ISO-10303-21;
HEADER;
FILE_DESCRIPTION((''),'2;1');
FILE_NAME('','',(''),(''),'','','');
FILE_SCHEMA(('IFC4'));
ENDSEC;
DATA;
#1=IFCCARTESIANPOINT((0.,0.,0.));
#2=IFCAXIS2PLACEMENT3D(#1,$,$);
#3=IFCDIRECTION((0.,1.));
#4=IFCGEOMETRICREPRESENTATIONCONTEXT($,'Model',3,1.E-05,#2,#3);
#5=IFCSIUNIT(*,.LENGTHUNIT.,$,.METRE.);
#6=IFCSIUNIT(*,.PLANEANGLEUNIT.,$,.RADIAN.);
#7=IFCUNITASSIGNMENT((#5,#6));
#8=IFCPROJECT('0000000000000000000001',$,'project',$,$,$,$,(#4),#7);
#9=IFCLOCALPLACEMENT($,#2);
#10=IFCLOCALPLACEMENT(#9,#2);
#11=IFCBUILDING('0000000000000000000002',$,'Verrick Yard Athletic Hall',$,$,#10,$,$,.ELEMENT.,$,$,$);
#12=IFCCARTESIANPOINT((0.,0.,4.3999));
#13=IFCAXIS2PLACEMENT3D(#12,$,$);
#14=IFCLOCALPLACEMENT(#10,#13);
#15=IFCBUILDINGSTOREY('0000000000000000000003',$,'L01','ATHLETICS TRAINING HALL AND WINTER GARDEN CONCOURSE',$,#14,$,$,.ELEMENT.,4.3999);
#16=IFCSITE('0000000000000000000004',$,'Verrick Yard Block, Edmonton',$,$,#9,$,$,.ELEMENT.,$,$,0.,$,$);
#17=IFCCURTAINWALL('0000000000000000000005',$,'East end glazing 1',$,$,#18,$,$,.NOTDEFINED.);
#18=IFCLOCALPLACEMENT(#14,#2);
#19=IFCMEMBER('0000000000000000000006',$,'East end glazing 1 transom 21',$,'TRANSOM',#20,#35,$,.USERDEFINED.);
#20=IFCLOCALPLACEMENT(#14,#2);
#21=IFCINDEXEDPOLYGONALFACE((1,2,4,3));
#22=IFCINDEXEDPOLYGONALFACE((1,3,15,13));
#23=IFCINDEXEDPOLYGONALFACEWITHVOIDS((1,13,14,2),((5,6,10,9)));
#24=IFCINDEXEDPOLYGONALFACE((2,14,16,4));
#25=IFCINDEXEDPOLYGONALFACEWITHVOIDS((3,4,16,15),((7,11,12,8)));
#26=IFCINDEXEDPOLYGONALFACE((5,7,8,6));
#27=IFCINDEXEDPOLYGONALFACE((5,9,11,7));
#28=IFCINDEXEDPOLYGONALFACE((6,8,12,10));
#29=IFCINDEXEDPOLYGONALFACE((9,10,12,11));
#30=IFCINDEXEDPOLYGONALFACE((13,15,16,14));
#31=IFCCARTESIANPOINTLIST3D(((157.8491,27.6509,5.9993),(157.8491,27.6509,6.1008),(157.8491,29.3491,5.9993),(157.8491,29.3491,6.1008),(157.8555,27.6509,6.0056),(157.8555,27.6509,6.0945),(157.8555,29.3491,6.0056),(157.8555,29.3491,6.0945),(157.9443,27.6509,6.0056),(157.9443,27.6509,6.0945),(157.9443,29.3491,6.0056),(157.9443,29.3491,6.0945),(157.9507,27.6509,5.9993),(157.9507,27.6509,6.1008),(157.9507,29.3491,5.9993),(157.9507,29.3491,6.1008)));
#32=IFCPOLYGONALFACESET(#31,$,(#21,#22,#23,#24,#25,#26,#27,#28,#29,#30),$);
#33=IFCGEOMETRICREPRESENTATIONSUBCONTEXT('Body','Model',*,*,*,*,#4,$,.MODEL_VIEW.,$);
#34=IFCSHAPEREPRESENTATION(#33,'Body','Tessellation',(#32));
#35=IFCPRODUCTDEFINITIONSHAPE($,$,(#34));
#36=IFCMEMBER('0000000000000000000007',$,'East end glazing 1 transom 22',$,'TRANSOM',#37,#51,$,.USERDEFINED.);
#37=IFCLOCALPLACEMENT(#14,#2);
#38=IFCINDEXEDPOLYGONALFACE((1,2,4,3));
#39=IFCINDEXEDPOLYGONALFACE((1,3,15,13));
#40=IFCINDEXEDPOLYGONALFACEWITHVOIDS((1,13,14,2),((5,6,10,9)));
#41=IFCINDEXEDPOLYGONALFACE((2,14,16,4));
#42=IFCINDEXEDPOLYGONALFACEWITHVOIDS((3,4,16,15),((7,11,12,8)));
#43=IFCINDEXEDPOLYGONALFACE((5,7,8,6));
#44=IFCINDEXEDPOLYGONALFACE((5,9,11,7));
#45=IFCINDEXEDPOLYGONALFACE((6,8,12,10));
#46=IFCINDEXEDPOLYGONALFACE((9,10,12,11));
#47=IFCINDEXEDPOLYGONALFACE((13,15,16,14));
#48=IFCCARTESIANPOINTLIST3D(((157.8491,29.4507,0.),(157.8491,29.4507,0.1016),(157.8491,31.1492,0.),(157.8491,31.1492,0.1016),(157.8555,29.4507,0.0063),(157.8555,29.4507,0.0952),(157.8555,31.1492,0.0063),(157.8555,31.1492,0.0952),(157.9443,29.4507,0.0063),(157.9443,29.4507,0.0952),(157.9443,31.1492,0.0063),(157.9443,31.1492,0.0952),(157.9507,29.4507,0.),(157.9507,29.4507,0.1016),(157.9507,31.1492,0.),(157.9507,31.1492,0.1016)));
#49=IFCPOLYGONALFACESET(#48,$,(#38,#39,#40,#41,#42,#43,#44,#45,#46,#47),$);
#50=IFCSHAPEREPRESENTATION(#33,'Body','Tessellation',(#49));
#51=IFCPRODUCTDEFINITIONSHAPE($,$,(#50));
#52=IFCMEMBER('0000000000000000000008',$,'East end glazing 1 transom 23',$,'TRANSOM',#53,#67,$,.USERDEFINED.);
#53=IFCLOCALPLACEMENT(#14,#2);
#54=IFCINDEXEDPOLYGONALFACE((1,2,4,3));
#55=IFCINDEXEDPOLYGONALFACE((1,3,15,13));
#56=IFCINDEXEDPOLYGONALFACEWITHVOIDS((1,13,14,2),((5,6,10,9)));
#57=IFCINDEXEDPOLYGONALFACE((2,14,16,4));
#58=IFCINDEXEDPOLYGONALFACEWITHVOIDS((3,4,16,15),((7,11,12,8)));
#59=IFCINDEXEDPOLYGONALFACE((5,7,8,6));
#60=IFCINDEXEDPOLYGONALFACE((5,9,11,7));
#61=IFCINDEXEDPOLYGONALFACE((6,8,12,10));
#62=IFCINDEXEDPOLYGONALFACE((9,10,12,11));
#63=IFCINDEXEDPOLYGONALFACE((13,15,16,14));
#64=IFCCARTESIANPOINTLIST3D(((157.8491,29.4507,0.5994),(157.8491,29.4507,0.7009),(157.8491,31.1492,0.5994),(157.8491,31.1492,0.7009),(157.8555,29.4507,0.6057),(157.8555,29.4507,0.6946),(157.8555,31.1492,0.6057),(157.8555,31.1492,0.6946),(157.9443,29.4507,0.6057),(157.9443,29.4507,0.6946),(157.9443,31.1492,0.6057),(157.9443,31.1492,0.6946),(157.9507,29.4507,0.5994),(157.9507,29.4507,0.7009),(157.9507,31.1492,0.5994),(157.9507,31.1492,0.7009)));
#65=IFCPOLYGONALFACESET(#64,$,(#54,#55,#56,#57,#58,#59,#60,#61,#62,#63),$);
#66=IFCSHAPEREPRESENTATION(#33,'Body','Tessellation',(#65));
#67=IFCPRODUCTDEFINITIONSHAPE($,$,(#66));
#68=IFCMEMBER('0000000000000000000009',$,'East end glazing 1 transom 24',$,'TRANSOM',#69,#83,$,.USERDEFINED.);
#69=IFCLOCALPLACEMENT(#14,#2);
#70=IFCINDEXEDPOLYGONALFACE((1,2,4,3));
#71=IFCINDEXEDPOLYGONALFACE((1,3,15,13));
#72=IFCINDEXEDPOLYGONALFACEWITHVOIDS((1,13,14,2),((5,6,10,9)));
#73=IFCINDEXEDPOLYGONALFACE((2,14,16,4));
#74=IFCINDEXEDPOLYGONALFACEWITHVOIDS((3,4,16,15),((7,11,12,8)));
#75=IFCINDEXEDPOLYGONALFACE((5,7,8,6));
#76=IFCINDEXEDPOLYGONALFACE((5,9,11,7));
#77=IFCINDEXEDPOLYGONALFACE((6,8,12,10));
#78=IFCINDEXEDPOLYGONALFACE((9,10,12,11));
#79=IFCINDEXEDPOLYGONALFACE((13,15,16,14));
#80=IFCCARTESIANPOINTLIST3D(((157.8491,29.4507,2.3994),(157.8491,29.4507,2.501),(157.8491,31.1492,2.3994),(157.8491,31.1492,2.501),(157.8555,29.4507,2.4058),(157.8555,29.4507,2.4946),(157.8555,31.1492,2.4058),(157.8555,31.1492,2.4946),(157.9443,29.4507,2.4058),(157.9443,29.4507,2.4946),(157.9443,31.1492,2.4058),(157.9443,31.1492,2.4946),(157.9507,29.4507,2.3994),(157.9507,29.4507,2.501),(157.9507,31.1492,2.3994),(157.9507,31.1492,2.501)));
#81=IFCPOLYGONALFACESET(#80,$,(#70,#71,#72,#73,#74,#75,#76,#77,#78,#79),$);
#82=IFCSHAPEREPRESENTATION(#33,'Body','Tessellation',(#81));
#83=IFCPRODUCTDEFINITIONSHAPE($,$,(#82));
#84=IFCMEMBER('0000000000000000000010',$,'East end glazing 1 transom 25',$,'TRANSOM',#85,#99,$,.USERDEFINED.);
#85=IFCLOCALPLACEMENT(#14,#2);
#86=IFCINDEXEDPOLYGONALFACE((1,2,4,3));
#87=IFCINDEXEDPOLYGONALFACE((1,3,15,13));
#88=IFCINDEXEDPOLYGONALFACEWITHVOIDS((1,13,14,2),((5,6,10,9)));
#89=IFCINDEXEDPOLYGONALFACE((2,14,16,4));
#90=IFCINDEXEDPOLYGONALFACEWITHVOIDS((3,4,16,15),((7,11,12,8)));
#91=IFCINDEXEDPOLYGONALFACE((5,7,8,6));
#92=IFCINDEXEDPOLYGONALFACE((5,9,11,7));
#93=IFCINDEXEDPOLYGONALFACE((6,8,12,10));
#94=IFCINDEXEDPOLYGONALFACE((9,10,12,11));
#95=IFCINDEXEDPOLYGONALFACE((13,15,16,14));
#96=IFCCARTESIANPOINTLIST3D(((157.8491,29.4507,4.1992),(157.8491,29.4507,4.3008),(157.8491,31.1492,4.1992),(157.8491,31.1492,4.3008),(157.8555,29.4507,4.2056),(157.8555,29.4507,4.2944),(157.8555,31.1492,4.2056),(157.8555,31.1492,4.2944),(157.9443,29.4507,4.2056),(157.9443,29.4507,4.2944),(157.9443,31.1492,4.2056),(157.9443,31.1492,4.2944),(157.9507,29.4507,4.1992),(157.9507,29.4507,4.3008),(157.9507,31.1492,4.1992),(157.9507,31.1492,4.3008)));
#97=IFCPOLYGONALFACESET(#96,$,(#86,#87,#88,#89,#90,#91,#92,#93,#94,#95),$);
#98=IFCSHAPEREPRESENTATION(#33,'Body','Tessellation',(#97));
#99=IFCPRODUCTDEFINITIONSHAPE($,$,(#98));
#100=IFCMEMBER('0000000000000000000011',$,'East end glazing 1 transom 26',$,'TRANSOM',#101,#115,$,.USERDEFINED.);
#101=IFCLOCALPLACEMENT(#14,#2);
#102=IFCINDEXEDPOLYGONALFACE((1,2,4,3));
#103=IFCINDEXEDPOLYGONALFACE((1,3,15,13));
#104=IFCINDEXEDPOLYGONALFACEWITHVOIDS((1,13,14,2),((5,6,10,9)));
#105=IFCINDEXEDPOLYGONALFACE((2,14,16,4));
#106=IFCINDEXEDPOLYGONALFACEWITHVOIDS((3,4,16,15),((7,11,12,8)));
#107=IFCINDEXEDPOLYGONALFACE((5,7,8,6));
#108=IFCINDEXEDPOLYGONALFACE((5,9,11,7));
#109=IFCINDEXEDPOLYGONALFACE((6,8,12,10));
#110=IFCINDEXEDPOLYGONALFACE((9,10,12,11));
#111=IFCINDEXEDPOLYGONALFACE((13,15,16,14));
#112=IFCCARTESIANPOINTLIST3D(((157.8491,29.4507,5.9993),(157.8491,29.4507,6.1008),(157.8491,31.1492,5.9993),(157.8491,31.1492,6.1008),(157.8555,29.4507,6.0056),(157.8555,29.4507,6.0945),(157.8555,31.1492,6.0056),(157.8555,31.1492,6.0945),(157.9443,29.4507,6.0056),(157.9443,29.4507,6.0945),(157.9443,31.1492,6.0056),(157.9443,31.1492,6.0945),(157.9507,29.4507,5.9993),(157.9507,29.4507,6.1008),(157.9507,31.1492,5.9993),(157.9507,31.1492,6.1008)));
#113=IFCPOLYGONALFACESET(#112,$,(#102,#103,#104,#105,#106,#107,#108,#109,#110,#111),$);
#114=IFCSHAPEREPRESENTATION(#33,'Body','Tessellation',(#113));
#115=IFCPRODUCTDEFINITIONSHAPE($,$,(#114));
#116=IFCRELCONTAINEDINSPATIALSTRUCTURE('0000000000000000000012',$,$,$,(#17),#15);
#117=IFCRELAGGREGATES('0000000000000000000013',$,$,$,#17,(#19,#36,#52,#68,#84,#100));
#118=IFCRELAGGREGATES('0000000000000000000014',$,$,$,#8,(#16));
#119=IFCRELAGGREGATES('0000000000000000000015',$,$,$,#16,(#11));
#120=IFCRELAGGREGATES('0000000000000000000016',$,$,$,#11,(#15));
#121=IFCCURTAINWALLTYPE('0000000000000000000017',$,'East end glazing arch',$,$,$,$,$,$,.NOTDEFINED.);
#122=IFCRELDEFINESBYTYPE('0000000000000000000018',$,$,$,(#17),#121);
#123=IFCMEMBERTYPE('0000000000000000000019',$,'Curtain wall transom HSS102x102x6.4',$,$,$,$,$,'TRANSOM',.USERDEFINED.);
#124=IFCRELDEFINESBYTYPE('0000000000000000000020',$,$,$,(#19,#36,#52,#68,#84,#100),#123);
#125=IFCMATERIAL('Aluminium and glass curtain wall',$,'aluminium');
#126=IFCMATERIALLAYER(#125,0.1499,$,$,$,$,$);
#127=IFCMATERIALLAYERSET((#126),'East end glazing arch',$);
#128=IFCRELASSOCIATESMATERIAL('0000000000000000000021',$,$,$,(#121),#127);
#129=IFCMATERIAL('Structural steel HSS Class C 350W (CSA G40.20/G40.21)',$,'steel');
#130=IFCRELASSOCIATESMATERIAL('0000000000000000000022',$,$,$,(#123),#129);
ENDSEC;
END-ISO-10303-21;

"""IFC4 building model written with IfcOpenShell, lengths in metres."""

from ifc_helpers import new_model, si_unit, direction, frame, origin, origin_2d, place, context, subcontext, project, spatial, hollow_rectangle, extrude, material, layer, layer_set, material_profile, profile_set, type_object, element, aggregate, save


model = new_model("IFC4")

# Units and contexts
model_context = context("Model", 3, precision=1e-05, world=origin(), true_north=direction((0.0, 1.0)))
body_context = subcontext(model_context, "Body", "Model", "MODEL_VIEW")
ifc_project = project(units=[si_unit("LENGTHUNIT", "METRE"), si_unit("PLANEANGLEUNIT", "RADIAN")], contexts=[model_context])

# Site, building, storey
site_placement = place(None, origin())
site = spatial("IfcSite", under=ifc_project, at=site_placement, Name="Verrick Yard Block, Edmonton", CompositionType="ELEMENT", RefElevation=0.0)
building_placement = place(site_placement, origin())
building = spatial("IfcBuilding", under=site, at=building_placement, Name="Verrick Yard Athletic Hall", CompositionType="ELEMENT")
storey_placement = place(building_placement, frame((0.0, 0.0, 4.3999)))
storey = spatial("IfcBuildingStorey", under=building, at=storey_placement, Name="L01", Description="ATHLETICS TRAINING HALL AND WINTER GARDEN CONCOURSE", CompositionType="ELEMENT", Elevation=4.3999)

# Curtain wall, members
ifc_material_1 = material(Name="Aluminium and glass curtain wall", Category="aluminium")
ifc_layer = layer(ifc_material_1, 0.1499)
ifc_layer_set = layer_set([ifc_layer], Name="East end glazing arch")
curtain_wall_type = type_object("IfcCurtainWallType", Name="East end glazing arch", PredefinedType="NOTDEFINED", material=ifc_layer_set)
curtain_wall_placement = place(storey_placement, origin())
curtain_wall = element("IfcCurtainWall", 1, at=curtain_wall_placement, inside=storey, type_object=curtain_wall_type, Name="East end glazing 1", PredefinedType="NOTDEFINED")
ifc_material_2 = material(Name="Structural steel HSS Class C 350W (CSA G40.20/G40.21)", Category="steel")
ifc_material_profile_1 = material_profile(ifc_material_2, hollow_rectangle(XDim=0.1016, YDim=0.1016, WallThickness=0.0063, at=origin_2d()), Name="HSS102x102x6.4")
ifc_profile_set_1 = profile_set([ifc_material_profile_1], Name="Structural steel HSS Class C 350W (CSA G40.20/G40.21)")
member_type_1 = type_object("IfcMemberType", Name="Curtain wall transom HSS102x102x6.4", ElementType="TRANSOM", PredefinedType="USERDEFINED", material=ifc_profile_set_1)
member_1_placement = place(storey_placement, frame((157.8999, 27.6509, 6.05), z_axis=(0.0, 1.0, 0.0), x_axis=(-1.0, 0.0, 0.0)))
member_1 = element("IfcMember", 2, at=member_1_placement, type_object=member_type_1, Name="East end glazing 1 transom 21", ObjectType="TRANSOM", PredefinedType="USERDEFINED", context=body_context, shape_type="SweptSolid", body=[
    extrude(hollow_rectangle(XDim=0.1016, YDim=0.1016, WallThickness=0.0063, at=origin_2d()), origin(), (0.0, 0.0, 1.0), 1.6982),
])
member_2_placement = place(storey_placement, frame((157.8999, 29.4507, 0.0508), z_axis=(0.0, 1.0, 0.0), x_axis=(-1.0, 0.0, 0.0)))
member_2 = element("IfcMember", 3, at=member_2_placement, type_object=member_type_1, Name="East end glazing 1 transom 22", ObjectType="TRANSOM", PredefinedType="USERDEFINED", context=body_context, shape_type="SweptSolid", body=[
    extrude(hollow_rectangle(XDim=0.1016, YDim=0.1016, WallThickness=0.0063, at=origin_2d()), origin(), (0.0, 0.0, 1.0), 1.6985),
])
member_3_placement = place(storey_placement, frame((157.8999, 29.4507, 0.6501), z_axis=(0.0, 1.0, 0.0), x_axis=(-1.0, 0.0, 0.0)))
member_3 = element("IfcMember", 4, at=member_3_placement, type_object=member_type_1, Name="East end glazing 1 transom 23", ObjectType="TRANSOM", PredefinedType="USERDEFINED", context=body_context, shape_type="SweptSolid", body=[
    extrude(hollow_rectangle(XDim=0.1016, YDim=0.1016, WallThickness=0.0063, at=origin_2d()), origin(), (0.0, 0.0, 1.0), 1.6985),
])
member_4_placement = place(storey_placement, frame((157.8999, 29.4507, 2.4502), z_axis=(0.0, 1.0, 0.0), x_axis=(-1.0, 0.0, 0.0)))
member_4 = element("IfcMember", 5, at=member_4_placement, type_object=member_type_1, Name="East end glazing 1 transom 24", ObjectType="TRANSOM", PredefinedType="USERDEFINED", context=body_context, shape_type="SweptSolid", body=[
    extrude(hollow_rectangle(XDim=0.1016, YDim=0.1016, WallThickness=0.0063, at=origin_2d()), origin(), (0.0, 0.0, 1.0), 1.6985),
])
member_5_placement = place(storey_placement, frame((157.8999, 29.4507, 4.25), z_axis=(0.0, 1.0, 0.0), x_axis=(-1.0, 0.0, 0.0)))
member_5 = element("IfcMember", 6, at=member_5_placement, type_object=member_type_1, Name="East end glazing 1 transom 25", ObjectType="TRANSOM", PredefinedType="USERDEFINED", context=body_context, shape_type="SweptSolid", body=[
    extrude(hollow_rectangle(XDim=0.1016, YDim=0.1016, WallThickness=0.0063, at=origin_2d()), origin(), (0.0, 0.0, 1.0), 1.6985),
])
member_6_placement = place(storey_placement, frame((157.8999, 29.4507, 6.05), z_axis=(0.0, 1.0, 0.0), x_axis=(-1.0, 0.0, 0.0)))
member_6 = element("IfcMember", 7, at=member_6_placement, type_object=member_type_1, Name="East end glazing 1 transom 26", ObjectType="TRANSOM", PredefinedType="USERDEFINED", context=body_context, shape_type="SweptSolid", body=[
    extrude(hollow_rectangle(XDim=0.1016, YDim=0.1016, WallThickness=0.0063, at=origin_2d()), origin(), (0.0, 0.0, 1.0), 1.6985),
])
aggregate(curtain_wall, [member_1, member_2, member_3, member_4, member_5, member_6])

save(model, "model.ifc")
